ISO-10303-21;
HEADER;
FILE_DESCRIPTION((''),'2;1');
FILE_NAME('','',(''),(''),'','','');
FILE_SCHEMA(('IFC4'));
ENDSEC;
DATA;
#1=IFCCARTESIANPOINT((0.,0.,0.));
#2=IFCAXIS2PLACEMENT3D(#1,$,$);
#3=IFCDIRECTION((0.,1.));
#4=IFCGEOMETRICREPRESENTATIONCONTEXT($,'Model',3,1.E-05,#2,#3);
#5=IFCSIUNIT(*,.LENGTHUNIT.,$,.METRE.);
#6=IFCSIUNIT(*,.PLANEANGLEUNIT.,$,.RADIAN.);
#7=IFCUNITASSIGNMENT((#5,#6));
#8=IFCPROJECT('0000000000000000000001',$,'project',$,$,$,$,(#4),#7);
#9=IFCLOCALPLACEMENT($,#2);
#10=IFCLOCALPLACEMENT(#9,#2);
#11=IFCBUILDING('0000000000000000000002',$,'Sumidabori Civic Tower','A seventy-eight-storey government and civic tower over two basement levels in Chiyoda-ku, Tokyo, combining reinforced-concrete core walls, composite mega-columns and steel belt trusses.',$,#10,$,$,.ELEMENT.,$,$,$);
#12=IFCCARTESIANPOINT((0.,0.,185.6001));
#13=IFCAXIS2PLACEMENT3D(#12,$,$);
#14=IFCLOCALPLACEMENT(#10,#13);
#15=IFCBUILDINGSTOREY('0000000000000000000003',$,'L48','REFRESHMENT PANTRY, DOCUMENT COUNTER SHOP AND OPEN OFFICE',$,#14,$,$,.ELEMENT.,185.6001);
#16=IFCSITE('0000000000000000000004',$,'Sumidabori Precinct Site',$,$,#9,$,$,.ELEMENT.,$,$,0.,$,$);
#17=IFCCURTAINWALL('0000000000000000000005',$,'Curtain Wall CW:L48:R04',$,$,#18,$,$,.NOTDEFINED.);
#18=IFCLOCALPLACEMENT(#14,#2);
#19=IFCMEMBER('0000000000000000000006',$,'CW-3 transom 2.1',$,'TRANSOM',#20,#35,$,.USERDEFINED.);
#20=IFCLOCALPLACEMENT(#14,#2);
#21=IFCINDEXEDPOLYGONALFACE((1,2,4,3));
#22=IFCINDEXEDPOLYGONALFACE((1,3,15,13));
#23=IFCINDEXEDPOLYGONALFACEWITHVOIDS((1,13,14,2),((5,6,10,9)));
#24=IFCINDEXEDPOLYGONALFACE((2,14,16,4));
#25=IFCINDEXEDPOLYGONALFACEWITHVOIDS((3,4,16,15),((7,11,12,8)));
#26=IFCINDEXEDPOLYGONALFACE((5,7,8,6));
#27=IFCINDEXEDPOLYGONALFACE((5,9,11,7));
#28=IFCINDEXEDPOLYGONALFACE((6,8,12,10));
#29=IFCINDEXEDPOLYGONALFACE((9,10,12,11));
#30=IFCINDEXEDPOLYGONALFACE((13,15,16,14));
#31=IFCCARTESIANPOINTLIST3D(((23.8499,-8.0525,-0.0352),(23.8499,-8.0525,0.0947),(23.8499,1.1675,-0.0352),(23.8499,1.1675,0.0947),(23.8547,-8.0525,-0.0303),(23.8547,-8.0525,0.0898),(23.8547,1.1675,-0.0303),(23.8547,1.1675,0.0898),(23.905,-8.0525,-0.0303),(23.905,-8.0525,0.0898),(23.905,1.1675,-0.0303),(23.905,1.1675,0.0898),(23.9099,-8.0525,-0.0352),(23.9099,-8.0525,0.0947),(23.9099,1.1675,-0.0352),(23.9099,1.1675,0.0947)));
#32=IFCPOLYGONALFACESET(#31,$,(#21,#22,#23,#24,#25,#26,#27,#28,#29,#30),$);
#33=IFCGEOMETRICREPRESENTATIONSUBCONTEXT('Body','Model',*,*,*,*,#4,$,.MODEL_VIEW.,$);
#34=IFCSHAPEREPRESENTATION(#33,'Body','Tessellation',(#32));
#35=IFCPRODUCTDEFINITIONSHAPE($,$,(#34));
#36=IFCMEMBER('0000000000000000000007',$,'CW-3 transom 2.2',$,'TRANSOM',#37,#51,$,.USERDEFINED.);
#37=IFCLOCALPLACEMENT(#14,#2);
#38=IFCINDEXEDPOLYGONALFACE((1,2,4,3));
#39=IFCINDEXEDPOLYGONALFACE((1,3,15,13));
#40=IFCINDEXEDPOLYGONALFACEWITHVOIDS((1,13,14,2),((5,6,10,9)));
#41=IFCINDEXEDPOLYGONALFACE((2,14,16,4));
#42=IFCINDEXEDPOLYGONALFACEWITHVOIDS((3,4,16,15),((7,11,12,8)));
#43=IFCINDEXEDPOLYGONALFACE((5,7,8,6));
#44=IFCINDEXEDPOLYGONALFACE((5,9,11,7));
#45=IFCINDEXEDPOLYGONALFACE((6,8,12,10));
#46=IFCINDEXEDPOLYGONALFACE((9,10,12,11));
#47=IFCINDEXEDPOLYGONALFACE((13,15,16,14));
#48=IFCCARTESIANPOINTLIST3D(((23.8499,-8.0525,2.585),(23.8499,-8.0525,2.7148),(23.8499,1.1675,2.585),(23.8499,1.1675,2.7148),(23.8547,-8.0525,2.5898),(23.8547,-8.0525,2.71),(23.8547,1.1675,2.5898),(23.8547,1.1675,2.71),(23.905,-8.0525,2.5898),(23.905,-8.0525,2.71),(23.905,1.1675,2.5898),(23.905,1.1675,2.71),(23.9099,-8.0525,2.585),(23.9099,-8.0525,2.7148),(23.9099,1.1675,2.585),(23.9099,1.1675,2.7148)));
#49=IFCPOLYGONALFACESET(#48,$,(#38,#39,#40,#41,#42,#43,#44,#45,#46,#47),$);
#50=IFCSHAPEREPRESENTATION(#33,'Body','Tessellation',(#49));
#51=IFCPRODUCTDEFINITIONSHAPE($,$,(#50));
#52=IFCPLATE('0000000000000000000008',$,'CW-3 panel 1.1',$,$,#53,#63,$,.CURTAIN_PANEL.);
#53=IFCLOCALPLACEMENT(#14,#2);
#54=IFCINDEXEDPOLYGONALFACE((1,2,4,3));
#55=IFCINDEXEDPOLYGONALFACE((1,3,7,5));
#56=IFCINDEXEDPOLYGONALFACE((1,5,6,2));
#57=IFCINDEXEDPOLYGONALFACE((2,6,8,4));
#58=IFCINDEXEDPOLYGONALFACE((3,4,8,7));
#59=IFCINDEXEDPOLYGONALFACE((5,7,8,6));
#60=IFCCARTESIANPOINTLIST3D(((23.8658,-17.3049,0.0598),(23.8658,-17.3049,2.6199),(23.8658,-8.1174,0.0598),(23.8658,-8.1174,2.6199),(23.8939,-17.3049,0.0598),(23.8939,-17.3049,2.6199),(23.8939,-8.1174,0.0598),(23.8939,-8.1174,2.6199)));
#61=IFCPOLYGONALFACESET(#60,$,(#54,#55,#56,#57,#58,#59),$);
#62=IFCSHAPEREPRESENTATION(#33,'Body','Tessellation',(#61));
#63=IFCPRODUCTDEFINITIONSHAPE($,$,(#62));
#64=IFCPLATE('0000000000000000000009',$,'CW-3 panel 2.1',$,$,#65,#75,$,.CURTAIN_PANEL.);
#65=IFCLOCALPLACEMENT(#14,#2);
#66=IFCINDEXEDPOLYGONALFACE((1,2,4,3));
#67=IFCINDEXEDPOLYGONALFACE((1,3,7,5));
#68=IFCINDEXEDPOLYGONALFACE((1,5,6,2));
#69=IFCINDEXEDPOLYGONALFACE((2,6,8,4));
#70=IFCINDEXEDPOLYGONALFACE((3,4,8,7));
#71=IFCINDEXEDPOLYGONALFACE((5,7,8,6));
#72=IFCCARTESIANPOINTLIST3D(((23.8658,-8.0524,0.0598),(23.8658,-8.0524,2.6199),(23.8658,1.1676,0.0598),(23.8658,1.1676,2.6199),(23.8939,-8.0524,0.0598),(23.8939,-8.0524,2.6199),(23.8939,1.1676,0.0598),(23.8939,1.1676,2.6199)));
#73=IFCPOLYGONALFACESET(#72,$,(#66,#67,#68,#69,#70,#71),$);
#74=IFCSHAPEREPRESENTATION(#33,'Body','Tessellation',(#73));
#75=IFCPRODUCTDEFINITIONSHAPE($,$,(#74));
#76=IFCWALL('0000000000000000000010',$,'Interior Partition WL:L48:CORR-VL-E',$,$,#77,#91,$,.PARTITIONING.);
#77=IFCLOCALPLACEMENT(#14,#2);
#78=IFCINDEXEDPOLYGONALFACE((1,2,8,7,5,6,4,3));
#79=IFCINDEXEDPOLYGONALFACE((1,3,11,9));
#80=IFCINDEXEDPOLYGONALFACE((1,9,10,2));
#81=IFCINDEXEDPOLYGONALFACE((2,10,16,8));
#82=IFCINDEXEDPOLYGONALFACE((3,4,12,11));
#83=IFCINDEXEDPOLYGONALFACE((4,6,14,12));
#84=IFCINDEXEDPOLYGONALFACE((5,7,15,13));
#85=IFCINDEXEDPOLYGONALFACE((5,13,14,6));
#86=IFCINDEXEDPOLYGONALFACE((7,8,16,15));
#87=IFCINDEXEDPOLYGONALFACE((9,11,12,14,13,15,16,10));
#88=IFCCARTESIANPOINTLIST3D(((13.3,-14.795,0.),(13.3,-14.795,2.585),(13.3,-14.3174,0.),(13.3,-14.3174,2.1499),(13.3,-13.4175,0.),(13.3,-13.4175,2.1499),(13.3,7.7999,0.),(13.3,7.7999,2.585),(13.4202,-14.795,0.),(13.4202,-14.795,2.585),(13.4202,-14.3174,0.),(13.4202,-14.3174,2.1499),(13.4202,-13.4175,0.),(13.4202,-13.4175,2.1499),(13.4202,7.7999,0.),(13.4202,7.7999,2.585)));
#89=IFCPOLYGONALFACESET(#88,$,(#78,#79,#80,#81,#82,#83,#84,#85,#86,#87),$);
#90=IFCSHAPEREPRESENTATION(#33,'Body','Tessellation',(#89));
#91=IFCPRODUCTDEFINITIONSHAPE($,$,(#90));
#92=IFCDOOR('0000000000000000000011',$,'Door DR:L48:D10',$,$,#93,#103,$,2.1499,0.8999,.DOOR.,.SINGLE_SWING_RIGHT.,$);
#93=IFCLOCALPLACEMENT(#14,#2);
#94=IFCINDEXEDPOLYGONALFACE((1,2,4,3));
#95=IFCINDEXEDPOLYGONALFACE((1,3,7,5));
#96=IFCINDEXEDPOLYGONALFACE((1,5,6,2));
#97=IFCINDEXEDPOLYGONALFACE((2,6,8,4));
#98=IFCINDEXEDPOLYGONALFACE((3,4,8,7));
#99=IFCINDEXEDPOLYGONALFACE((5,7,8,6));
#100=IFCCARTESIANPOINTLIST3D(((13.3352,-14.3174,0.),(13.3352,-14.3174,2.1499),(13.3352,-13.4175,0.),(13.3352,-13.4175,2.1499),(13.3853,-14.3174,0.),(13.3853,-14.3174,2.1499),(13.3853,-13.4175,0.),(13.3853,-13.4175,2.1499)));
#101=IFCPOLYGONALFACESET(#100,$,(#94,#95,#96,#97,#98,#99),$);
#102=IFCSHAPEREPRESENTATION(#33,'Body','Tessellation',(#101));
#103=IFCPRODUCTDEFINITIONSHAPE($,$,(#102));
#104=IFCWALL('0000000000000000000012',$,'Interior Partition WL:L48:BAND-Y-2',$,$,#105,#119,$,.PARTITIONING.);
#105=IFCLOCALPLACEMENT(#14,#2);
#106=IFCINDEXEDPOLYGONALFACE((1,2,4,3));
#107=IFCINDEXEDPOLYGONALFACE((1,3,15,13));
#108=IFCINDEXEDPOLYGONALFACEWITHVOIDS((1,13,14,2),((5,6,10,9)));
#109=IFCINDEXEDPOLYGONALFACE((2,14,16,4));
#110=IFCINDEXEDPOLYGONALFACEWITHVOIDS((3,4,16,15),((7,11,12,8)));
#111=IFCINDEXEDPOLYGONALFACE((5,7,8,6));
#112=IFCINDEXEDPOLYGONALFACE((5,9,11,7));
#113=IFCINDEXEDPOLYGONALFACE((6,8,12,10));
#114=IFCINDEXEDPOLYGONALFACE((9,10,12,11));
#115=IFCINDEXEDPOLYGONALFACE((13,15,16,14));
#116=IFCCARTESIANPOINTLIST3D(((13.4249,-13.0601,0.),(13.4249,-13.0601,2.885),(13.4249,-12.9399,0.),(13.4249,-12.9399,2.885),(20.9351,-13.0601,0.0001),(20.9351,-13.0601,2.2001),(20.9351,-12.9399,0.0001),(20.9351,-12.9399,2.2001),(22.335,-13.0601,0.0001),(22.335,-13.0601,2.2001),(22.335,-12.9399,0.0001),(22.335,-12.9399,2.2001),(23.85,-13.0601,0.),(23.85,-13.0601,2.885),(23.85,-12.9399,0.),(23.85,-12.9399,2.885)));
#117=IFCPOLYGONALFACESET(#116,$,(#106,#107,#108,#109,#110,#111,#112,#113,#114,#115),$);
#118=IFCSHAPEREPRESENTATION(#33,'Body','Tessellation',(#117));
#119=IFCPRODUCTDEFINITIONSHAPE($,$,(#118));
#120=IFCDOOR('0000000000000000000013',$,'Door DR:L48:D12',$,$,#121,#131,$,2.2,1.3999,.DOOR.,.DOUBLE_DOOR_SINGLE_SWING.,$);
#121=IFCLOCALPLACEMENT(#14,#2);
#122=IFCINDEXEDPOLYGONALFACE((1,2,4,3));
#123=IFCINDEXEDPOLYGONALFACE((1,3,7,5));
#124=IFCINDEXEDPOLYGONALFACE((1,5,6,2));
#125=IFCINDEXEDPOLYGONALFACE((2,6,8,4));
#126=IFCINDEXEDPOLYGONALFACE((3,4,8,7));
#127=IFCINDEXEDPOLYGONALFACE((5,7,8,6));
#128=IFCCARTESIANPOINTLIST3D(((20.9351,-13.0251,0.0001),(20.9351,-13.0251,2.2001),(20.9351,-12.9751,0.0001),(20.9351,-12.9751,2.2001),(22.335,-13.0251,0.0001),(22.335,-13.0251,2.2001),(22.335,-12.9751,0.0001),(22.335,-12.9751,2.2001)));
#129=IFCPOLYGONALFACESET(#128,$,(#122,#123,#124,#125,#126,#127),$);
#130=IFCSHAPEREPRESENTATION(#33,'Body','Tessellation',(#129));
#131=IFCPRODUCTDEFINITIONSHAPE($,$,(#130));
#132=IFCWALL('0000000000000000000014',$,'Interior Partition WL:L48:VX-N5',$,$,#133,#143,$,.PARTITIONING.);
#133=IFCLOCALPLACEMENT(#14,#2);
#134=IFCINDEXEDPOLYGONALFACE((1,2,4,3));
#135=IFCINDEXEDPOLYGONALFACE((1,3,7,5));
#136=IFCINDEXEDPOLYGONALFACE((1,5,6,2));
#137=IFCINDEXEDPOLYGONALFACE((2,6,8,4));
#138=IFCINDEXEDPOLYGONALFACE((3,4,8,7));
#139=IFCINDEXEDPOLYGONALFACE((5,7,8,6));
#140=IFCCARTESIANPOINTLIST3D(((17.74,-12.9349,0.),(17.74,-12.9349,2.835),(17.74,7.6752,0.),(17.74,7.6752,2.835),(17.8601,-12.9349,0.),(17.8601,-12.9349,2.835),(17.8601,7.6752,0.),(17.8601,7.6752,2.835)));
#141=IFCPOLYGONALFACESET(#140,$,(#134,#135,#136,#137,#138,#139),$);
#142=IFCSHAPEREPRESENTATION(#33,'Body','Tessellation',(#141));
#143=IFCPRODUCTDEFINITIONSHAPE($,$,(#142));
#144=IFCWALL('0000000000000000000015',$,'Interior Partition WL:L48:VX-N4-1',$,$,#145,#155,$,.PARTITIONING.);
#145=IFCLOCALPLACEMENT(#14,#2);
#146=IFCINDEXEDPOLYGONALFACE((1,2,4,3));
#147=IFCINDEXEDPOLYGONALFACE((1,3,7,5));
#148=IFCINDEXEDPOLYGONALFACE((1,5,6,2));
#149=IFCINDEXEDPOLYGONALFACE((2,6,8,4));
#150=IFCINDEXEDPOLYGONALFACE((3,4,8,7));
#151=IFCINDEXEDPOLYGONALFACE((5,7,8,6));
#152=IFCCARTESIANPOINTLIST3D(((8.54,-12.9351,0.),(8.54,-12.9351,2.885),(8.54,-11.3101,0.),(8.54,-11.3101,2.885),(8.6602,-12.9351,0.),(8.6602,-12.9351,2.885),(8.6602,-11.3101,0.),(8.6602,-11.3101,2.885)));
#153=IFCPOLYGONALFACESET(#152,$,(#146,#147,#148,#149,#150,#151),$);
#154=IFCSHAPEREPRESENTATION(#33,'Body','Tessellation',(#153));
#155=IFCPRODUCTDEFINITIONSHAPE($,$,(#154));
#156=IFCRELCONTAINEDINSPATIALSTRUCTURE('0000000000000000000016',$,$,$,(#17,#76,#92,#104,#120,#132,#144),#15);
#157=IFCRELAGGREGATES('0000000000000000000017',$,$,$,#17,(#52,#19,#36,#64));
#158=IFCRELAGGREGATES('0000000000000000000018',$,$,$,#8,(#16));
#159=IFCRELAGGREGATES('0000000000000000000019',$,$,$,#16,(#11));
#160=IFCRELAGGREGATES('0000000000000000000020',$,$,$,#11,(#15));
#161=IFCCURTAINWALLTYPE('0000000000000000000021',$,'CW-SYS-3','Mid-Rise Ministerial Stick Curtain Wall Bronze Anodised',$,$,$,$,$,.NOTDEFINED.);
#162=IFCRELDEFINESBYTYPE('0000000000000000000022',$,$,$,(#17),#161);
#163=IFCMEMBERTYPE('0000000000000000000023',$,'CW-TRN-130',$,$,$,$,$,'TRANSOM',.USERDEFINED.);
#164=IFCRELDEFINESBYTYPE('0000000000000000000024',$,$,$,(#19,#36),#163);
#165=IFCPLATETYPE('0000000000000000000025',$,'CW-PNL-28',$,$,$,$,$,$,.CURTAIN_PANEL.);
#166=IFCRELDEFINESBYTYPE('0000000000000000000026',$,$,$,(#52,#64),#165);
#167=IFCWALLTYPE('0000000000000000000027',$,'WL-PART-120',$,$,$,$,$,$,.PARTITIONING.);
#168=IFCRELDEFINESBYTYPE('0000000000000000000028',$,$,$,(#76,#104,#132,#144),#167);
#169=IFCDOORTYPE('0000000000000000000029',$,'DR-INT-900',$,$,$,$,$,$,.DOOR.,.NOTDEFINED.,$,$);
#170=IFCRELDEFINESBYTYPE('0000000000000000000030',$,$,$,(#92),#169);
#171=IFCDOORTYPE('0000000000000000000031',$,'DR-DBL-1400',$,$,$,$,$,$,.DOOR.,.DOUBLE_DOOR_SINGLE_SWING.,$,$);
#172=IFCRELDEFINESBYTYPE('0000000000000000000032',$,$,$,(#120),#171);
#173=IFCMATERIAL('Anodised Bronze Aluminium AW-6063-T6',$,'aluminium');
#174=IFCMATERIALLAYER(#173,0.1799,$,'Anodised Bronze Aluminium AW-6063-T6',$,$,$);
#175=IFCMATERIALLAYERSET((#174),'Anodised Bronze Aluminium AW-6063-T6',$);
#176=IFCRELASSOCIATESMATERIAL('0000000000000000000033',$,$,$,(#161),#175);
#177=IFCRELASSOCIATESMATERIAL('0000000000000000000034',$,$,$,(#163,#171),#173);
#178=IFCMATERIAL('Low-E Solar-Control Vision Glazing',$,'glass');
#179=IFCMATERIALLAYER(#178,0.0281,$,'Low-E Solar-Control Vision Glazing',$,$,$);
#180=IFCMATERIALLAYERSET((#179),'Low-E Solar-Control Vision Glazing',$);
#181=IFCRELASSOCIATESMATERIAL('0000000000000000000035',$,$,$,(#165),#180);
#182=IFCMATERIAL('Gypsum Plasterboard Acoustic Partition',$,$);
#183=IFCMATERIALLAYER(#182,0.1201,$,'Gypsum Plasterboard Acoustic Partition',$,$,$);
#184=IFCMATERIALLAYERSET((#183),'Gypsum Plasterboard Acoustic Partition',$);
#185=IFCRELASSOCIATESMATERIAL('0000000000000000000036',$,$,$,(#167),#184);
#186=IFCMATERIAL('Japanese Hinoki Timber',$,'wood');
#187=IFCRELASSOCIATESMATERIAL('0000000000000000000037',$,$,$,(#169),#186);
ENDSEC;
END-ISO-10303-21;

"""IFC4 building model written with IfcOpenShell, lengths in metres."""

from ifc_helpers import new_model, si_unit, direction, frame, frame_2d, origin, origin_2d, place, context, subcontext, project, spatial, rectangle, hollow_rectangle, extrude, source, transform, mapped, material, layer, layer_set, material_profile, profile_set, type_object, element, fill, aggregate, save


model = new_model("IFC4")

# Units and contexts
model_context = context("Model", 3, precision=1e-05, world=origin(), true_north=direction((0.0, 1.0)))
body_context = subcontext(model_context, "Body", "Model", "MODEL_VIEW")
ifc_project = project(units=[si_unit("LENGTHUNIT", "METRE"), si_unit("PLANEANGLEUNIT", "RADIAN")], contexts=[model_context])

# Site, building, storey
site_placement = place(None, origin())
site = spatial("IfcSite", under=ifc_project, at=site_placement, Name="Sumidabori Precinct Site", CompositionType="ELEMENT", RefElevation=0.0)
building_placement = place(site_placement, origin())
building = spatial("IfcBuilding", under=site, at=building_placement, Name="Sumidabori Civic Tower", Description="A seventy-eight-storey government and civic tower over two basement levels in Chiyoda-ku, Tokyo, combining reinforced-concrete core walls, composite mega-columns and steel belt trusses.", CompositionType="ELEMENT")
storey_placement = place(building_placement, frame((0.0, 0.0, 185.6001)))
storey = spatial("IfcBuildingStorey", under=building, at=storey_placement, Name="L48", Description="REFRESHMENT PANTRY, DOCUMENT COUNTER SHOP AND OPEN OFFICE", CompositionType="ELEMENT", Elevation=185.6001)

# Curtain wall, members, plates
ifc_material_1 = material(Name="Anodised Bronze Aluminium AW-6063-T6", Category="aluminium")
ifc_layer_1 = layer(ifc_material_1, 0.1799, Name="Anodised Bronze Aluminium AW-6063-T6")
ifc_layer_set_1 = layer_set([ifc_layer_1], Name="Anodised Bronze Aluminium AW-6063-T6")
curtain_wall_type = type_object("IfcCurtainWallType", Name="CW-SYS-3", Description="Mid-Rise Ministerial Stick Curtain Wall Bronze Anodised", PredefinedType="NOTDEFINED", material=ifc_layer_set_1)
curtain_wall_placement = place(storey_placement, origin())
curtain_wall = element("IfcCurtainWall", 1, at=curtain_wall_placement, inside=storey, type_object=curtain_wall_type, Name="Curtain Wall CW:L48:R04", PredefinedType="NOTDEFINED")
ifc_material_profile_1 = material_profile(ifc_material_1, hollow_rectangle(XDim=0.0601, YDim=0.1299, WallThickness=0.0049, at=origin_2d()), Name="ALU TRANSOM 130x60")
ifc_profile_set_1 = profile_set([ifc_material_profile_1], Name="Anodised Bronze Aluminium AW-6063-T6")
member_type_1 = type_object("IfcMemberType", Name="CW-TRN-130", ElementType="TRANSOM", PredefinedType="USERDEFINED", material=ifc_profile_set_1)
shared_shape_1 = source(origin(), body_context, "Body", "SweptSolid", [
    extrude(hollow_rectangle(XDim=0.0601, YDim=0.1299, WallThickness=0.0049, at=origin_2d()), origin(), (0.0, 0.0, 1.0), 9.22),
])
member_1_placement = place(storey_placement, frame((23.8799, -8.0525, 0.0298), z_axis=(0.0, 1.0, 0.0), x_axis=(-1.0, 0.0, 0.0)))
member_1 = element("IfcMember", 2, at=member_1_placement, type_object=member_type_1, Name="CW-3 transom 2.1", ObjectType="TRANSOM", PredefinedType="USERDEFINED", context=body_context, shape_type="MappedRepresentation", body=[
    mapped(shared_shape_1, transform((0.0, 0.0, 0.0), x_axis=(1.0, 0.0, 0.0), y_axis=(0.0, 1.0, 0.0), z_axis=(0.0, 0.0, 1.0), scale=1.0)),
])
member_2_placement = place(storey_placement, frame((23.8799, -8.0525, 2.6499), z_axis=(0.0, 1.0, 0.0), x_axis=(-1.0, 0.0, 0.0)))
member_2 = element("IfcMember", 3, at=member_2_placement, type_object=member_type_1, Name="CW-3 transom 2.2", ObjectType="TRANSOM", PredefinedType="USERDEFINED", context=body_context, shape_type="MappedRepresentation", body=[
    mapped(shared_shape_1, transform((0.0, 0.0, 0.0), x_axis=(1.0, 0.0, 0.0), y_axis=(0.0, 1.0, 0.0), z_axis=(0.0, 0.0, 1.0), scale=1.0)),
])
ifc_material_2 = material(Name="Low-E Solar-Control Vision Glazing", Category="glass")
ifc_layer_2 = layer(ifc_material_2, 0.0281, Name="Low-E Solar-Control Vision Glazing")
ifc_layer_set_2 = layer_set([ifc_layer_2], Name="Low-E Solar-Control Vision Glazing")
plate_type = type_object("IfcPlateType", Name="CW-PNL-28", PredefinedType="CURTAIN_PANEL", material=ifc_layer_set_2)
shared_shape_2 = source(origin(), body_context, "Body", "SweptSolid", [
    extrude(rectangle(XDim=9.1875, YDim=0.0281, at=origin_2d()), origin(), (0.0, 0.0, 1.0), 2.5601),
])
plate_1_placement = place(storey_placement, frame((23.8799, -12.7112, 0.0598), z_axis=(0.0, 0.0, 1.0), x_axis=(0.0, 1.0, 0.0)))
plate_1 = element("IfcPlate", 4, at=plate_1_placement, type_object=plate_type, Name="CW-3 panel 1.1", PredefinedType="CURTAIN_PANEL", context=body_context, shape_type="MappedRepresentation", body=[
    mapped(shared_shape_2, transform((0.0, 0.0, 0.0), x_axis=(1.0, 0.0, 0.0), y_axis=(0.0, 1.0, 0.0), z_axis=(0.0, 0.0, 1.0), scale=1.0)),
])
shared_shape_3 = source(origin(), body_context, "Body", "SweptSolid", [
    extrude(rectangle(XDim=9.22, YDim=0.0281, at=origin_2d()), origin(), (0.0, 0.0, 1.0), 2.5601),
])
plate_2_placement = place(storey_placement, frame((23.8799, -3.4424, 0.0598), z_axis=(0.0, 0.0, 1.0), x_axis=(0.0, 1.0, 0.0)))
plate_2 = element("IfcPlate", 5, at=plate_2_placement, type_object=plate_type, Name="CW-3 panel 2.1", PredefinedType="CURTAIN_PANEL", context=body_context, shape_type="MappedRepresentation", body=[
    mapped(shared_shape_3, transform((0.0, 0.0, 0.0), x_axis=(1.0, 0.0, 0.0), y_axis=(0.0, 1.0, 0.0), z_axis=(0.0, 0.0, 1.0), scale=1.0)),
])
aggregate(curtain_wall, [plate_1, member_1, member_2, plate_2])

# Walls, openings, doors
ifc_material_3 = material(Name="Gypsum Plasterboard Acoustic Partition")
ifc_layer_3 = layer(ifc_material_3, 0.1201, Name="Gypsum Plasterboard Acoustic Partition")
ifc_layer_set_3 = layer_set([ifc_layer_3], Name="Gypsum Plasterboard Acoustic Partition")
wall_type = type_object("IfcWallType", Name="WL-PART-120", PredefinedType="PARTITIONING", material=ifc_layer_set_3)
shared_shape_4 = source(origin(), body_context, "Body", "SweptSolid", [
    extrude(rectangle(XDim=22.595, YDim=0.1201, at=frame_2d((11.2974, 0.0))), origin(), (0.0, 0.0, 1.0), 2.585),
])
wall_1_placement = place(storey_placement, frame((13.3601, -14.7949, 0.0), z_axis=(0.0, 0.0, 1.0), x_axis=(0.0, 1.0, 0.0)))
wall_1 = element("IfcWall", 6, at=wall_1_placement, inside=storey, type_object=wall_type, Name="Interior Partition WL:L48:CORR-VL-E", PredefinedType="PARTITIONING", context=body_context, shape_type="MappedRepresentation", body=[
    mapped(shared_shape_4, transform((0.0, 0.0, 0.0), x_axis=(1.0, 0.0, 0.0), y_axis=(0.0, 1.0, 0.0), z_axis=(0.0, 0.0, 1.0), scale=1.0)),
])
opening_1_placement = place(wall_1_placement, frame((0.4775, 0.0, 0.0)))
opening_1 = element("IfcOpeningElement", 7, at=opening_1_placement, cuts=wall_1, PredefinedType="OPENING", context=body_context, shape_type="SweptSolid", body=[
    extrude(rectangle(XDim=0.8999, YDim=2.1499, at=frame_2d((0.45, 1.075))), frame((0.0, 0.072, 0.0), z_axis=(0.0, -1.0, 0.0), x_axis=(1.0, 0.0, 0.0)), (0.0, 0.0, 1.0), 0.144),
])
ifc_material_4 = material(Name="Japanese Hinoki Timber", Category="wood")
door_type_1 = type_object("IfcDoorType", Name="DR-INT-900", OperationType="NOTDEFINED", PredefinedType="DOOR", material=ifc_material_4)
shared_shape_5 = source(origin(), body_context, "Body", "SweptSolid", [
    extrude(rectangle(XDim=0.8999, YDim=2.1499, at=frame_2d((0.45, 1.075))), frame((0.0, 0.0249, 0.0), z_axis=(0.0, -1.0, 0.0), x_axis=(1.0, 0.0, 0.0)), (0.0, 0.0, 1.0), 0.05),
])
door_1_placement = place(opening_1_placement, origin())
door_1 = element("IfcDoor", 8, at=door_1_placement, inside=storey, type_object=door_type_1, Name="Door DR:L48:D10", OperationType="SINGLE_SWING_RIGHT", OverallHeight=2.1499, OverallWidth=0.8999, PredefinedType="DOOR", context=body_context, shape_type="MappedRepresentation", body=[
    mapped(shared_shape_5, transform((0.0, 0.0, 0.0), x_axis=(1.0, 0.0, 0.0), y_axis=(0.0, 1.0, 0.0), z_axis=(0.0, 0.0, 1.0), scale=1.0)),
])
fill(opening_1, door_1)
shared_shape_6 = source(origin(), body_context, "Body", "SweptSolid", [
    extrude(rectangle(XDim=10.425, YDim=0.1201, at=frame_2d((5.2124, 0.0))), origin(), (0.0, 0.0, 1.0), 2.885),
])
wall_2_placement = place(storey_placement, frame((13.425, -13.0, 0.0), z_axis=(0.0, 0.0, 1.0), x_axis=(1.0, 0.0, 0.0)))
wall_2 = element("IfcWall", 9, at=wall_2_placement, inside=storey, type_object=wall_type, Name="Interior Partition WL:L48:BAND-Y-2", PredefinedType="PARTITIONING", context=body_context, shape_type="MappedRepresentation", body=[
    mapped(shared_shape_6, transform((0.0, 0.0, 0.0), x_axis=(1.0, 0.0, 0.0), y_axis=(0.0, 1.0, 0.0), z_axis=(0.0, 0.0, 1.0), scale=1.0)),
])
opening_2_placement = place(wall_2_placement, frame((7.51, 0.0, 0.0)))
opening_2 = element("IfcOpeningElement", 10, at=opening_2_placement, cuts=wall_2, PredefinedType="OPENING", context=body_context, shape_type="SweptSolid", body=[
    extrude(rectangle(XDim=1.3999, YDim=2.2, at=frame_2d((0.7, 1.1001))), frame((0.0, 0.072, 0.0), z_axis=(0.0, -1.0, 0.0), x_axis=(1.0, 0.0, 0.0)), (0.0, 0.0, 1.0), 0.144),
])
door_type_2 = type_object("IfcDoorType", Name="DR-DBL-1400", OperationType="DOUBLE_DOOR_SINGLE_SWING", PredefinedType="DOOR", material=ifc_material_1)
shared_shape_7 = source(origin(), body_context, "Body", "SweptSolid", [
    extrude(rectangle(XDim=1.3999, YDim=2.2, at=frame_2d((0.7, 1.1001))), frame((0.0, 0.0249, 0.0), z_axis=(0.0, -1.0, 0.0), x_axis=(1.0, 0.0, 0.0)), (0.0, 0.0, 1.0), 0.05),
])
door_2_placement = place(opening_2_placement, origin())
door_2 = element("IfcDoor", 11, at=door_2_placement, inside=storey, type_object=door_type_2, Name="Door DR:L48:D12", OperationType="DOUBLE_DOOR_SINGLE_SWING", OverallHeight=2.2, OverallWidth=1.3999, PredefinedType="DOOR", context=body_context, shape_type="MappedRepresentation", body=[
    mapped(shared_shape_7, transform((0.0, 0.0, 0.0), x_axis=(1.0, 0.0, 0.0), y_axis=(0.0, 1.0, 0.0), z_axis=(0.0, 0.0, 1.0), scale=1.0)),
])
fill(opening_2, door_2)

# Walls
shared_shape_8 = source(origin(), body_context, "Body", "SweptSolid", [
    extrude(rectangle(XDim=20.6101, YDim=0.1201, at=frame_2d((10.3052, 0.0))), origin(), (0.0, 0.0, 1.0), 2.835),
])
wall_3_placement = place(storey_placement, frame((17.8, -12.9351, 0.0), z_axis=(0.0, 0.0, 1.0), x_axis=(0.0, 1.0, 0.0)))
element("IfcWall", 12, at=wall_3_placement, inside=storey, type_object=wall_type, Name="Interior Partition WL:L48:VX-N5", PredefinedType="PARTITIONING", context=body_context, shape_type="MappedRepresentation", body=[
    mapped(shared_shape_8, transform((0.0, 0.0, 0.0), x_axis=(1.0, 0.0, 0.0), y_axis=(0.0, 1.0, 0.0), z_axis=(0.0, 0.0, 1.0), scale=1.0)),
])
shared_shape_9 = source(origin(), body_context, "Body", "SweptSolid", [
    extrude(rectangle(XDim=1.625, YDim=0.1201, at=frame_2d((0.8125, 0.0))), origin(), (0.0, 0.0, 1.0), 2.885),
])
wall_4_placement = place(storey_placement, frame((8.6001, -12.9351, 0.0), z_axis=(0.0, 0.0, 1.0), x_axis=(0.0, 1.0, 0.0)))
element("IfcWall", 13, at=wall_4_placement, inside=storey, type_object=wall_type, Name="Interior Partition WL:L48:VX-N4-1", PredefinedType="PARTITIONING", context=body_context, shape_type="MappedRepresentation", body=[
    mapped(shared_shape_9, transform((0.0, 0.0, 0.0), x_axis=(1.0, 0.0, 0.0), y_axis=(0.0, 1.0, 0.0), z_axis=(0.0, 0.0, 1.0), scale=1.0)),
])

save(model, "model.ifc")
